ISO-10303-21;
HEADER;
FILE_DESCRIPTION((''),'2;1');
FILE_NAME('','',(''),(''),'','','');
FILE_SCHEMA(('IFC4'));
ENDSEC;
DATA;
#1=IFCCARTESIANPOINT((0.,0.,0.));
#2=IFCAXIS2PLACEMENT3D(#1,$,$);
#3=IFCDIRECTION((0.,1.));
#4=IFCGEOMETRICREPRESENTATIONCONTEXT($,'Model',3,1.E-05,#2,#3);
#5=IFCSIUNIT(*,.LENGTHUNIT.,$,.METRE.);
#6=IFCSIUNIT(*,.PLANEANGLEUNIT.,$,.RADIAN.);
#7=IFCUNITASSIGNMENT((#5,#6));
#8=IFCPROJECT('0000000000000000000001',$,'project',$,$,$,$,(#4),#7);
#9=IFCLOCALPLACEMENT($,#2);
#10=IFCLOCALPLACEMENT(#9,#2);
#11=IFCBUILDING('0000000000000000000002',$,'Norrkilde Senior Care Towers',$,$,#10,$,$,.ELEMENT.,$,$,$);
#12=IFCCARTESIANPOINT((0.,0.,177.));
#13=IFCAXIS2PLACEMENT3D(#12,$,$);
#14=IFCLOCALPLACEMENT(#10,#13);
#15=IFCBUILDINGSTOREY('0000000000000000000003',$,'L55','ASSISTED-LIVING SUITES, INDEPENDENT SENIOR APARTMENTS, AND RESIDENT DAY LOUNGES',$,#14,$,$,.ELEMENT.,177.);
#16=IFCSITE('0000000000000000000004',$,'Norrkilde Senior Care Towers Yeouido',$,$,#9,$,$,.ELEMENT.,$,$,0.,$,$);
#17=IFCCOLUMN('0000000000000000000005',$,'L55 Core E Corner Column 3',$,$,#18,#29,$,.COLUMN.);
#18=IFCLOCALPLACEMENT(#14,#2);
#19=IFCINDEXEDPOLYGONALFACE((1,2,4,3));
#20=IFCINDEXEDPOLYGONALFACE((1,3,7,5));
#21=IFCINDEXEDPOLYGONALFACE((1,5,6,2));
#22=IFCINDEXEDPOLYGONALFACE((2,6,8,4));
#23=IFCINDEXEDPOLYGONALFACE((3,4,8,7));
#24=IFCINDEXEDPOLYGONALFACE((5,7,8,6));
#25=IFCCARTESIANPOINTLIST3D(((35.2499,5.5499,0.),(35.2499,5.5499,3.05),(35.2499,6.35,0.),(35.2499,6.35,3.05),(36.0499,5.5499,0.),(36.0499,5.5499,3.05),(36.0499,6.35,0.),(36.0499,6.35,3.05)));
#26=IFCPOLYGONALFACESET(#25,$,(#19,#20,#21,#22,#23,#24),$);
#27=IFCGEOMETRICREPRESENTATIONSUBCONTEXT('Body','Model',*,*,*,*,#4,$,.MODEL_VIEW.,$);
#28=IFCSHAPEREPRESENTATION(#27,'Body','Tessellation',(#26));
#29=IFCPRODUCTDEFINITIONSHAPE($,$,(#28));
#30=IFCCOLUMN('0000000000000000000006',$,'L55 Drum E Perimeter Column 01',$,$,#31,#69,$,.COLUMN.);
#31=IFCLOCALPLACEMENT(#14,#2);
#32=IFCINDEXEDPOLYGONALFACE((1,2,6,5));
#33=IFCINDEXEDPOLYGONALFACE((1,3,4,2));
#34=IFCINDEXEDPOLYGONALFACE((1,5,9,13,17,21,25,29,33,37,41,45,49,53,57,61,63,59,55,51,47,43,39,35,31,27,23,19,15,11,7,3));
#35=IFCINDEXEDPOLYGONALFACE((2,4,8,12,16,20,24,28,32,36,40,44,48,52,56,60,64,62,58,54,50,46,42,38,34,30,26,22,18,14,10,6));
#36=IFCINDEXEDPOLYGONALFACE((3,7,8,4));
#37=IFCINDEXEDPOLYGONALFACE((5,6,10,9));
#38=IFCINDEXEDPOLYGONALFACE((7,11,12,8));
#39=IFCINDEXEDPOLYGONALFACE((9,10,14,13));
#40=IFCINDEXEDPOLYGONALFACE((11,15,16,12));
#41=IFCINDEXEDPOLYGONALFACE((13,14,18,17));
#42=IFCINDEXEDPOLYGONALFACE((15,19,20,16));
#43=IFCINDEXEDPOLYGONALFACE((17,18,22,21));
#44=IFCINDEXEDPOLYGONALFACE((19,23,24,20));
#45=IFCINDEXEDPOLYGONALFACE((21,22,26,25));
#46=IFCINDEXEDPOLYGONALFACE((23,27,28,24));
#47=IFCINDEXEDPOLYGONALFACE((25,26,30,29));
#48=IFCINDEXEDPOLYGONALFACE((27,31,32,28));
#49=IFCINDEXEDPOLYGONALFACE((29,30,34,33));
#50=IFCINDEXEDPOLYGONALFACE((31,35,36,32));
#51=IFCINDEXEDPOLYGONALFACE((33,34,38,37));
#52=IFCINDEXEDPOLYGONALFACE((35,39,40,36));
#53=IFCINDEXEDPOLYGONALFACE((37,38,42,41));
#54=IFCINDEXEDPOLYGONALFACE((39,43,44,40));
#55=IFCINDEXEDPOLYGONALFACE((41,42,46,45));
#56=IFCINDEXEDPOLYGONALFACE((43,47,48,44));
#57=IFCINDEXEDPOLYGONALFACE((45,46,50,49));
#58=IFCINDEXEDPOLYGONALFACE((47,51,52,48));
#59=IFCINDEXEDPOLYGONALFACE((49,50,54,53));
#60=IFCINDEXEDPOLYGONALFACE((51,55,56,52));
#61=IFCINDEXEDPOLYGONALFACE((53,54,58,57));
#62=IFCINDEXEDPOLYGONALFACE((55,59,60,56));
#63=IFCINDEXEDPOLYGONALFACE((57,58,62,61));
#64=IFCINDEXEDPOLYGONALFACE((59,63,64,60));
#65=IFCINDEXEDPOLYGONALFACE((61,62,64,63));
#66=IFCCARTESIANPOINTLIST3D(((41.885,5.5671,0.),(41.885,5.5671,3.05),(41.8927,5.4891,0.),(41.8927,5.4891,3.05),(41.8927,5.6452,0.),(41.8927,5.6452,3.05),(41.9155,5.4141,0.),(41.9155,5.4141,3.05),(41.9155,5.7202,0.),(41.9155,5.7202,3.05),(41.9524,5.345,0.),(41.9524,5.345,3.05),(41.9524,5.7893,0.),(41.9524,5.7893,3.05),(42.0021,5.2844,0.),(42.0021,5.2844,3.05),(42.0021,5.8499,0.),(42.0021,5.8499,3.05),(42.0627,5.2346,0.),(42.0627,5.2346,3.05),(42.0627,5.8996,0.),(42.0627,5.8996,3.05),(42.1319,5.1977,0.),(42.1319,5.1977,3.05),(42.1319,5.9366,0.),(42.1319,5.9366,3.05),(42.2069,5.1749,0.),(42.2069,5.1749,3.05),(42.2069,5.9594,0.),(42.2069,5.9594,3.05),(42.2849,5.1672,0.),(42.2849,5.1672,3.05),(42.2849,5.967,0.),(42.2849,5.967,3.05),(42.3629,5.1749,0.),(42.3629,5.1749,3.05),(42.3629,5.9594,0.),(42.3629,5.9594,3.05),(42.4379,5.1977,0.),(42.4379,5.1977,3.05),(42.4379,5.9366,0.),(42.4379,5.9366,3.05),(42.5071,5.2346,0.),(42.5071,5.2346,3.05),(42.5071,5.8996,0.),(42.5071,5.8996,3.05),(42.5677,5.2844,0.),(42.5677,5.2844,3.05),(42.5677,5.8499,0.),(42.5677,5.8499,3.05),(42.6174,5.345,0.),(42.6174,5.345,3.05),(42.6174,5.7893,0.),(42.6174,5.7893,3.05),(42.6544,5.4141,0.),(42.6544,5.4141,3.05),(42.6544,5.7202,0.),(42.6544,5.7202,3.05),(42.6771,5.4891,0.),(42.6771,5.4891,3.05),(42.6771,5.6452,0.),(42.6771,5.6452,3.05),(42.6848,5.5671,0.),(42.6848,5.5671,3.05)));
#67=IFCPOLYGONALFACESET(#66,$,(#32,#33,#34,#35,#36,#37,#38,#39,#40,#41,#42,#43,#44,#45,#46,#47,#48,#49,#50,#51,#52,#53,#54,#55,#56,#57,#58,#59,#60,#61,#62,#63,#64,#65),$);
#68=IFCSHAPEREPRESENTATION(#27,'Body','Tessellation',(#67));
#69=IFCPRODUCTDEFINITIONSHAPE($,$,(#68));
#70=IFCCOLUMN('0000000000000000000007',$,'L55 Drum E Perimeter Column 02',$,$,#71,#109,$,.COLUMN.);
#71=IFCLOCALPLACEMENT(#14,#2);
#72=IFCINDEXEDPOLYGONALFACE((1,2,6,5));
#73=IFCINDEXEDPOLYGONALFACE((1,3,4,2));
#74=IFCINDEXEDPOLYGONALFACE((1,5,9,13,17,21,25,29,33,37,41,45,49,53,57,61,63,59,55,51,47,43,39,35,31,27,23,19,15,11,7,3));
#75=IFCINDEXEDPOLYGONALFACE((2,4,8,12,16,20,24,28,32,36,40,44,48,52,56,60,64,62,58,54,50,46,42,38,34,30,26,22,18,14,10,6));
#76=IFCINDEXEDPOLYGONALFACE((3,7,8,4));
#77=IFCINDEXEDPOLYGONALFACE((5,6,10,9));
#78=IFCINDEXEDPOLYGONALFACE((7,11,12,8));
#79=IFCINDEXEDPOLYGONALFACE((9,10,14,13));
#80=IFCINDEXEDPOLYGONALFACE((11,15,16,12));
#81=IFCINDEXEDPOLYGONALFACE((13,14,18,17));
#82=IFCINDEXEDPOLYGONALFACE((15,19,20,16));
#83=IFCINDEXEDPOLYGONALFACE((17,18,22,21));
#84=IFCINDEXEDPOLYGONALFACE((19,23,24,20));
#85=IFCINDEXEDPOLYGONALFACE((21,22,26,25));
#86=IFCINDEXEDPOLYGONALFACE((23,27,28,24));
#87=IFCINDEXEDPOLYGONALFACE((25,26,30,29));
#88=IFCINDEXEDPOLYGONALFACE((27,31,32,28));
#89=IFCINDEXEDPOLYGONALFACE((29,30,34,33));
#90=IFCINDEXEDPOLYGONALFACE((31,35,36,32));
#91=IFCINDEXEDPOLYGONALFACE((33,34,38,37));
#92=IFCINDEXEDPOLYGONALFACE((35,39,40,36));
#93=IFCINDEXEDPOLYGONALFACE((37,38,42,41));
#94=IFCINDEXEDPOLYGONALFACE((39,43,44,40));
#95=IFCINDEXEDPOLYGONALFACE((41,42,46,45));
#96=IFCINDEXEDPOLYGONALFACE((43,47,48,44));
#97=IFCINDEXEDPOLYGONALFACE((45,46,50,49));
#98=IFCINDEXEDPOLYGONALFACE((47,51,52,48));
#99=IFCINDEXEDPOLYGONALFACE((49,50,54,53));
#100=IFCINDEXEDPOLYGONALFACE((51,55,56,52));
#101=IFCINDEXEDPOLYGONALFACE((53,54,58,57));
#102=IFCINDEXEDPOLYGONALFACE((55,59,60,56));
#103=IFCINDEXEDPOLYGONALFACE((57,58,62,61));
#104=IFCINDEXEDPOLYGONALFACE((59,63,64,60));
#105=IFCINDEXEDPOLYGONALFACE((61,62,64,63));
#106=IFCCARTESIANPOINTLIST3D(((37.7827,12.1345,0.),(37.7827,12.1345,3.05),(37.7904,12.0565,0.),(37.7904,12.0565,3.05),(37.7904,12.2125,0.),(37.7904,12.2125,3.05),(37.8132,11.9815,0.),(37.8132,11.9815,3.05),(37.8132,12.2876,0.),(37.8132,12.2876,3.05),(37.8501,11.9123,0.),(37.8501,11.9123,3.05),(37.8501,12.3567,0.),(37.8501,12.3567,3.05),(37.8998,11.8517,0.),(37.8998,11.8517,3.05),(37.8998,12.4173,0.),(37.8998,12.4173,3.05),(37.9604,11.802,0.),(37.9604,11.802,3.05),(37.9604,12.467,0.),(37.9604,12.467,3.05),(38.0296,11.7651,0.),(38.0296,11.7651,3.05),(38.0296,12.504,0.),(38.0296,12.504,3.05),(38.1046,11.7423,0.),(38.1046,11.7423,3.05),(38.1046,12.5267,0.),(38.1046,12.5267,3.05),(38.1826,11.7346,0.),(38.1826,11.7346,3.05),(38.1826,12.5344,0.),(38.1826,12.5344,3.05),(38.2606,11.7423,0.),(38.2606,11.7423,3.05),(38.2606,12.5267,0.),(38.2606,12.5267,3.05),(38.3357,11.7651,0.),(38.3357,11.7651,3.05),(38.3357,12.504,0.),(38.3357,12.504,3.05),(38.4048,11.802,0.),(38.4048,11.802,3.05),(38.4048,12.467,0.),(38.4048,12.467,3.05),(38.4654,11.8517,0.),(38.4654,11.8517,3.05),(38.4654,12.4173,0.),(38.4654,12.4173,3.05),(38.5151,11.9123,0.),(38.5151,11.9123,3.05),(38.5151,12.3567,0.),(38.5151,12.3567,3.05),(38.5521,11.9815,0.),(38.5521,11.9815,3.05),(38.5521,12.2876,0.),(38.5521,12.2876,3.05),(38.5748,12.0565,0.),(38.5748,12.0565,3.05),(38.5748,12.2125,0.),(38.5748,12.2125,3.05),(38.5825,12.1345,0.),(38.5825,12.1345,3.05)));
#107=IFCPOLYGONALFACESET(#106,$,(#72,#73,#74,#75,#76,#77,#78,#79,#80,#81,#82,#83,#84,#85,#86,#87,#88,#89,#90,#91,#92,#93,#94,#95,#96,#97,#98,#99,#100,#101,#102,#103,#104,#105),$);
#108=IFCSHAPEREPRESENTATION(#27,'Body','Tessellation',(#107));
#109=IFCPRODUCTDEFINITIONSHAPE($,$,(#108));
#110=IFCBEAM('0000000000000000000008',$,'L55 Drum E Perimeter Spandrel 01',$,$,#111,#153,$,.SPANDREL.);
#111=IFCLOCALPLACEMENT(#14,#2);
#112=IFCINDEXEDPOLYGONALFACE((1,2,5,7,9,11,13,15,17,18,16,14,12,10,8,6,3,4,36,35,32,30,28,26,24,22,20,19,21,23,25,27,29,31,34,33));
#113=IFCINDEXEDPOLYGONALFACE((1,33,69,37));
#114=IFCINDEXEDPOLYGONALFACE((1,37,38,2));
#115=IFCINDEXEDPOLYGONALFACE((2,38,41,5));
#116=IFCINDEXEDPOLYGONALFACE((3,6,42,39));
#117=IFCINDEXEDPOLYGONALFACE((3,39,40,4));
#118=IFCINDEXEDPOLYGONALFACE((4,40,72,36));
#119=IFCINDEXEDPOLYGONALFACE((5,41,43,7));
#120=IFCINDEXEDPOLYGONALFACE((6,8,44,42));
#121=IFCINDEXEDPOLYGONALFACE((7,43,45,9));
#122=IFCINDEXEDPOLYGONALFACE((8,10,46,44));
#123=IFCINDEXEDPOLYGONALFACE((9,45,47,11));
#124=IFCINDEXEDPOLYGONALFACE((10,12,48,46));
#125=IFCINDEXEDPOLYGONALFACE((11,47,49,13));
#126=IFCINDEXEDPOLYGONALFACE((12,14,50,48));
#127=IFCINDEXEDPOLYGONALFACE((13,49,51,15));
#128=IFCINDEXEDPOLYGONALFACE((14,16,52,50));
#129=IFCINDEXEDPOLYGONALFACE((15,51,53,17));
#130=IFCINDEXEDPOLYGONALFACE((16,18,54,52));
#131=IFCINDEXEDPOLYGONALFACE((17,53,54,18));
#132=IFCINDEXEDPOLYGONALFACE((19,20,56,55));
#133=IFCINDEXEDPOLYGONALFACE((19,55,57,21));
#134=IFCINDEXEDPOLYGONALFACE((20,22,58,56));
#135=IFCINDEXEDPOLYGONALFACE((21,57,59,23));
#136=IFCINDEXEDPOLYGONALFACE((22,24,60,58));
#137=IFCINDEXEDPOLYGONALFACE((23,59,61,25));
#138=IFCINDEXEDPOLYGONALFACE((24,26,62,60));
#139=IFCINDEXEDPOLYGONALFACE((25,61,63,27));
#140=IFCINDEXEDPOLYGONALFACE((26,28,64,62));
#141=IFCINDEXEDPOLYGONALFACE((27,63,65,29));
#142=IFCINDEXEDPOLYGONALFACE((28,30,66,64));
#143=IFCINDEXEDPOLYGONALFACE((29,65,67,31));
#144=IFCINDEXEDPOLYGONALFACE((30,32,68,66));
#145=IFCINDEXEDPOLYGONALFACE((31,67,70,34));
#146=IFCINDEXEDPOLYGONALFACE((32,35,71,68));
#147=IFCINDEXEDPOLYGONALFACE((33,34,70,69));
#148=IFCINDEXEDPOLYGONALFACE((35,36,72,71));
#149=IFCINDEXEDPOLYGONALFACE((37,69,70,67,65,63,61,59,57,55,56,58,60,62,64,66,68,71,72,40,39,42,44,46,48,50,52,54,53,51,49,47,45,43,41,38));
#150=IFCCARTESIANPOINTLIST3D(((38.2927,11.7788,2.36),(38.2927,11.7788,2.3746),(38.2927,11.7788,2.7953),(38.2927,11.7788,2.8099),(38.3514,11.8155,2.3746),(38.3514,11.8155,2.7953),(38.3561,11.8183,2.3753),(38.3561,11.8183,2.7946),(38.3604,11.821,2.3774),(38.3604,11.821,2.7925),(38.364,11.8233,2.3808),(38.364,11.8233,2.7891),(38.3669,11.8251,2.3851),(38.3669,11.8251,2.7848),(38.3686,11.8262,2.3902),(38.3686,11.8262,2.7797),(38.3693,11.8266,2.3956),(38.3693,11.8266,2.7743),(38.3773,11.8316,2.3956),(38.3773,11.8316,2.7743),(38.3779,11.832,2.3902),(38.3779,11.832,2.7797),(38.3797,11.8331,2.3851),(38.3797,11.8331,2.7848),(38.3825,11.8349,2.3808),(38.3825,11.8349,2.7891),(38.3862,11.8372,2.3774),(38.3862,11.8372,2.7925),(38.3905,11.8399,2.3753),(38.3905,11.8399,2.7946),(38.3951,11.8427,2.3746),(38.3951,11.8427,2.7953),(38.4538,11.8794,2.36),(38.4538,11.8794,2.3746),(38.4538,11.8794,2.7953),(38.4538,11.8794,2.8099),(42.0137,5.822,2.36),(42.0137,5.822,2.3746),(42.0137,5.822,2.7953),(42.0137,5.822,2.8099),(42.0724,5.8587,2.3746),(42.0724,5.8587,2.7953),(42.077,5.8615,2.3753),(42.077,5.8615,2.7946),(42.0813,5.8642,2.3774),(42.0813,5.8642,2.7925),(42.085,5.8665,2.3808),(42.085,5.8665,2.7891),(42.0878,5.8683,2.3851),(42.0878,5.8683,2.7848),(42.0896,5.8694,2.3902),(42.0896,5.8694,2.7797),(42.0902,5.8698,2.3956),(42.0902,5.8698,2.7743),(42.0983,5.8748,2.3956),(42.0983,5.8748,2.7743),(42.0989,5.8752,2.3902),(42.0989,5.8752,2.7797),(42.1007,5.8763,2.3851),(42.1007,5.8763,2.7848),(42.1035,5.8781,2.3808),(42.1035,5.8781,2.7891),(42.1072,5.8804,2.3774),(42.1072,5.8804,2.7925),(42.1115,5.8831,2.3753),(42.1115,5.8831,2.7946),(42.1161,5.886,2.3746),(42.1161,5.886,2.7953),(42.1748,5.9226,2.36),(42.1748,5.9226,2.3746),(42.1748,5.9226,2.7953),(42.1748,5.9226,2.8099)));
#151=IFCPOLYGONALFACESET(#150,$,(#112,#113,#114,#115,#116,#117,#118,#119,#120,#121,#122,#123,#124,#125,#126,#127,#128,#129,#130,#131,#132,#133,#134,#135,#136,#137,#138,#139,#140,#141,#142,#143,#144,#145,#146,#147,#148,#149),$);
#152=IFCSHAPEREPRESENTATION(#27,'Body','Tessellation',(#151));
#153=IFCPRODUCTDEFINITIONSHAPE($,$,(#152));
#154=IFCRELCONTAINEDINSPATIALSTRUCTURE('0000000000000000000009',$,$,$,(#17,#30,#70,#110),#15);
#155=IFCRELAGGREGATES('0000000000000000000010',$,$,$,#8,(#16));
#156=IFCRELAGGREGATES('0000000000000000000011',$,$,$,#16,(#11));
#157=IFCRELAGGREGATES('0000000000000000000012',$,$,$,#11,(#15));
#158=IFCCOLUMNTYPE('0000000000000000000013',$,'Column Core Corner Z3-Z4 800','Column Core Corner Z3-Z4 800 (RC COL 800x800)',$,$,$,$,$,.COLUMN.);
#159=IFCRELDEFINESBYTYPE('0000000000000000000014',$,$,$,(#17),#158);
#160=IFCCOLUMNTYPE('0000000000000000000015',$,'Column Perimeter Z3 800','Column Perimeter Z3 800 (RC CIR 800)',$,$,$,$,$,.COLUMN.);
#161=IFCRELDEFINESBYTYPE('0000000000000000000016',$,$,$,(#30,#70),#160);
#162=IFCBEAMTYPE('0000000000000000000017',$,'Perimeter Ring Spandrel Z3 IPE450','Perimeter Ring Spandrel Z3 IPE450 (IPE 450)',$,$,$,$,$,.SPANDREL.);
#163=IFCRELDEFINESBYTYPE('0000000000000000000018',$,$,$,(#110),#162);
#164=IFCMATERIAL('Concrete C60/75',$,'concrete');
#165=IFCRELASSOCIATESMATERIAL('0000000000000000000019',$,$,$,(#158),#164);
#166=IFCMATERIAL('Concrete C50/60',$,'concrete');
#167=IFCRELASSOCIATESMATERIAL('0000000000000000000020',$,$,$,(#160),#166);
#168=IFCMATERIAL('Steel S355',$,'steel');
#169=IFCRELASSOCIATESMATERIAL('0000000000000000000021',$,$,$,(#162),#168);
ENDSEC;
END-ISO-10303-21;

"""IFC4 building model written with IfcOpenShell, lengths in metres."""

from ifc_helpers import new_model, si_unit, direction, frame, origin, origin_2d, place, context, subcontext, project, spatial, rectangle, circle, i_section, extrude, source, transform, mapped, material, material_profile, profile_set, type_object, type_shapes, element, save


model = new_model("IFC4")

# Units and contexts
model_context = context("Model", 3, precision=1e-05, world=origin(), true_north=direction((0.0, 1.0)))
body_context = subcontext(model_context, "Body", "Model", "MODEL_VIEW")
ifc_project = project(units=[si_unit("LENGTHUNIT", "METRE"), si_unit("PLANEANGLEUNIT", "RADIAN")], contexts=[model_context])

# Site, building, storey
site_placement = place(None, origin())
site = spatial("IfcSite", under=ifc_project, at=site_placement, Name="Norrkilde Senior Care Towers Yeouido", CompositionType="ELEMENT", RefElevation=0.0)
building_placement = place(site_placement, origin())
building = spatial("IfcBuilding", under=site, at=building_placement, Name="Norrkilde Senior Care Towers", CompositionType="ELEMENT")
storey_placement = place(building_placement, frame((0.0, 0.0, 177.0)))
storey = spatial("IfcBuildingStorey", under=building, at=storey_placement, Name="L55", Description="ASSISTED-LIVING SUITES, INDEPENDENT SENIOR APARTMENTS, AND RESIDENT DAY LOUNGES", CompositionType="ELEMENT", Elevation=177.0)

# Columns
ifc_material_1 = material(Name="Concrete C60/75", Category="concrete")
ifc_material_profile_1 = material_profile(ifc_material_1, rectangle(XDim=0.8, YDim=0.8, at=origin_2d()), Name="RC COL 800x800")
ifc_profile_set_1 = profile_set([ifc_material_profile_1], Name="Concrete C60/75")
column_type_1 = type_object("IfcColumnType", Name="Column Core Corner Z3-Z4 800", Description="Column Core Corner Z3-Z4 800 (RC COL 800x800)", PredefinedType="COLUMN", material=ifc_profile_set_1)
shared_shape_1 = source(origin(), body_context, "Body", "SweptSolid", [
    extrude(rectangle(XDim=0.8, YDim=0.8, at=origin_2d()), origin(), (0.0, 0.0, 1.0), 3.05),
])
type_shapes(column_type_1, [shared_shape_1])
column_placement = place(storey_placement, frame((35.6499, 5.95, 0.0), z_axis=(0.0, 0.0, 1.0), x_axis=(1.0, 0.0, 0.0)))
element("IfcColumn", 1, at=column_placement, inside=storey, type_object=column_type_1, Name="L55 Core E Corner Column 3", PredefinedType="COLUMN", context=body_context, shape_type="MappedRepresentation", body=[
    mapped(shared_shape_1, transform((0.0, 0.0, 0.0), x_axis=(1.0, 0.0, 0.0), y_axis=(0.0, 1.0, 0.0), z_axis=(0.0, 0.0, 1.0), scale=1.0)),
])
ifc_material_2 = material(Name="Concrete C50/60", Category="concrete")
ifc_material_profile_2 = material_profile(ifc_material_2, circle(Radius=0.3999, at=origin_2d()), Name="RC CIR 800")
ifc_profile_set_2 = profile_set([ifc_material_profile_2], Name="Concrete C50/60")
column_type_2 = type_object("IfcColumnType", Name="Column Perimeter Z3 800", Description="Column Perimeter Z3 800 (RC CIR 800)", PredefinedType="COLUMN", material=ifc_profile_set_2)
shared_shape_2 = source(origin(), body_context, "Body", "SweptSolid", [
    extrude(circle(Radius=0.3999, at=origin_2d()), origin(), (0.0, 0.0, 1.0), 3.05),
])
type_shapes(column_type_2, [shared_shape_2])
for number, where, z_axis, x_axis, name in (
    (2, (42.2849, 5.5671, 0.0), (0.0, 0.0, 1.0), (1.0, 0.0, 0.0), "L55 Drum E Perimeter Column 01"),
    (3, (38.1826, 12.1345, 0.0), (0.0, 0.0, 1.0), (1.0, 0.0, 0.0), "L55 Drum E Perimeter Column 02"),
):
    element("IfcColumn", number, at=place(storey_placement, frame(where, z_axis=z_axis, x_axis=x_axis)), inside=storey, type_object=column_type_2, Name=name, PredefinedType="COLUMN", context=body_context, shape_type="MappedRepresentation", body=[
        mapped(shared_shape_2, transform((0.0, 0.0, 0.0), x_axis=(1.0, 0.0, 0.0), y_axis=(0.0, 1.0, 0.0), z_axis=(0.0, 0.0, 1.0), scale=1.0)),
    ])

# Beam
ifc_material_3 = material(Name="Steel S355", Category="steel")
ifc_material_profile_3 = material_profile(ifc_material_3, i_section(OverallWidth=0.1899, OverallDepth=0.45, WebThickness=0.0095, FlangeThickness=0.0146, FilletRadius=0.021, at=origin_2d()), Name="IPE 450")
ifc_profile_set_3 = profile_set([ifc_material_profile_3], Name="Steel S355")
beam_type_1 = type_object("IfcBeamType", Name="Perimeter Ring Spandrel Z3 IPE450", Description="Perimeter Ring Spandrel Z3 IPE450 (IPE 450)", PredefinedType="SPANDREL", material=ifc_profile_set_3)
shared_shape_3 = source(origin(), body_context, "Body", "SweptSolid", [
    extrude(i_section(OverallWidth=0.1899, OverallDepth=0.45, WebThickness=0.0095, FlangeThickness=0.0146, FilletRadius=0.021, at=origin_2d()), origin(), (0.0, 0.0, 1.0), 7.0234),
])
beam_1_placement = place(storey_placement, frame((42.0942, 5.8723, 2.585), z_axis=(-0.52979, 0.848129, 0.0), x_axis=(-0.848129, -0.52979, 0.0)))
element("IfcBeam", 4, at=beam_1_placement, inside=storey, type_object=beam_type_1, Name="L55 Drum E Perimeter Spandrel 01", PredefinedType="SPANDREL", context=body_context, shape_type="MappedRepresentation", body=[
    mapped(shared_shape_3, transform((0.0, 0.0, 0.0), x_axis=(1.0, 0.0, 0.0), y_axis=(0.0, 1.0, 0.0), z_axis=(0.0, 0.0, 1.0), scale=1.0)),
])

save(model, "model.ifc")
